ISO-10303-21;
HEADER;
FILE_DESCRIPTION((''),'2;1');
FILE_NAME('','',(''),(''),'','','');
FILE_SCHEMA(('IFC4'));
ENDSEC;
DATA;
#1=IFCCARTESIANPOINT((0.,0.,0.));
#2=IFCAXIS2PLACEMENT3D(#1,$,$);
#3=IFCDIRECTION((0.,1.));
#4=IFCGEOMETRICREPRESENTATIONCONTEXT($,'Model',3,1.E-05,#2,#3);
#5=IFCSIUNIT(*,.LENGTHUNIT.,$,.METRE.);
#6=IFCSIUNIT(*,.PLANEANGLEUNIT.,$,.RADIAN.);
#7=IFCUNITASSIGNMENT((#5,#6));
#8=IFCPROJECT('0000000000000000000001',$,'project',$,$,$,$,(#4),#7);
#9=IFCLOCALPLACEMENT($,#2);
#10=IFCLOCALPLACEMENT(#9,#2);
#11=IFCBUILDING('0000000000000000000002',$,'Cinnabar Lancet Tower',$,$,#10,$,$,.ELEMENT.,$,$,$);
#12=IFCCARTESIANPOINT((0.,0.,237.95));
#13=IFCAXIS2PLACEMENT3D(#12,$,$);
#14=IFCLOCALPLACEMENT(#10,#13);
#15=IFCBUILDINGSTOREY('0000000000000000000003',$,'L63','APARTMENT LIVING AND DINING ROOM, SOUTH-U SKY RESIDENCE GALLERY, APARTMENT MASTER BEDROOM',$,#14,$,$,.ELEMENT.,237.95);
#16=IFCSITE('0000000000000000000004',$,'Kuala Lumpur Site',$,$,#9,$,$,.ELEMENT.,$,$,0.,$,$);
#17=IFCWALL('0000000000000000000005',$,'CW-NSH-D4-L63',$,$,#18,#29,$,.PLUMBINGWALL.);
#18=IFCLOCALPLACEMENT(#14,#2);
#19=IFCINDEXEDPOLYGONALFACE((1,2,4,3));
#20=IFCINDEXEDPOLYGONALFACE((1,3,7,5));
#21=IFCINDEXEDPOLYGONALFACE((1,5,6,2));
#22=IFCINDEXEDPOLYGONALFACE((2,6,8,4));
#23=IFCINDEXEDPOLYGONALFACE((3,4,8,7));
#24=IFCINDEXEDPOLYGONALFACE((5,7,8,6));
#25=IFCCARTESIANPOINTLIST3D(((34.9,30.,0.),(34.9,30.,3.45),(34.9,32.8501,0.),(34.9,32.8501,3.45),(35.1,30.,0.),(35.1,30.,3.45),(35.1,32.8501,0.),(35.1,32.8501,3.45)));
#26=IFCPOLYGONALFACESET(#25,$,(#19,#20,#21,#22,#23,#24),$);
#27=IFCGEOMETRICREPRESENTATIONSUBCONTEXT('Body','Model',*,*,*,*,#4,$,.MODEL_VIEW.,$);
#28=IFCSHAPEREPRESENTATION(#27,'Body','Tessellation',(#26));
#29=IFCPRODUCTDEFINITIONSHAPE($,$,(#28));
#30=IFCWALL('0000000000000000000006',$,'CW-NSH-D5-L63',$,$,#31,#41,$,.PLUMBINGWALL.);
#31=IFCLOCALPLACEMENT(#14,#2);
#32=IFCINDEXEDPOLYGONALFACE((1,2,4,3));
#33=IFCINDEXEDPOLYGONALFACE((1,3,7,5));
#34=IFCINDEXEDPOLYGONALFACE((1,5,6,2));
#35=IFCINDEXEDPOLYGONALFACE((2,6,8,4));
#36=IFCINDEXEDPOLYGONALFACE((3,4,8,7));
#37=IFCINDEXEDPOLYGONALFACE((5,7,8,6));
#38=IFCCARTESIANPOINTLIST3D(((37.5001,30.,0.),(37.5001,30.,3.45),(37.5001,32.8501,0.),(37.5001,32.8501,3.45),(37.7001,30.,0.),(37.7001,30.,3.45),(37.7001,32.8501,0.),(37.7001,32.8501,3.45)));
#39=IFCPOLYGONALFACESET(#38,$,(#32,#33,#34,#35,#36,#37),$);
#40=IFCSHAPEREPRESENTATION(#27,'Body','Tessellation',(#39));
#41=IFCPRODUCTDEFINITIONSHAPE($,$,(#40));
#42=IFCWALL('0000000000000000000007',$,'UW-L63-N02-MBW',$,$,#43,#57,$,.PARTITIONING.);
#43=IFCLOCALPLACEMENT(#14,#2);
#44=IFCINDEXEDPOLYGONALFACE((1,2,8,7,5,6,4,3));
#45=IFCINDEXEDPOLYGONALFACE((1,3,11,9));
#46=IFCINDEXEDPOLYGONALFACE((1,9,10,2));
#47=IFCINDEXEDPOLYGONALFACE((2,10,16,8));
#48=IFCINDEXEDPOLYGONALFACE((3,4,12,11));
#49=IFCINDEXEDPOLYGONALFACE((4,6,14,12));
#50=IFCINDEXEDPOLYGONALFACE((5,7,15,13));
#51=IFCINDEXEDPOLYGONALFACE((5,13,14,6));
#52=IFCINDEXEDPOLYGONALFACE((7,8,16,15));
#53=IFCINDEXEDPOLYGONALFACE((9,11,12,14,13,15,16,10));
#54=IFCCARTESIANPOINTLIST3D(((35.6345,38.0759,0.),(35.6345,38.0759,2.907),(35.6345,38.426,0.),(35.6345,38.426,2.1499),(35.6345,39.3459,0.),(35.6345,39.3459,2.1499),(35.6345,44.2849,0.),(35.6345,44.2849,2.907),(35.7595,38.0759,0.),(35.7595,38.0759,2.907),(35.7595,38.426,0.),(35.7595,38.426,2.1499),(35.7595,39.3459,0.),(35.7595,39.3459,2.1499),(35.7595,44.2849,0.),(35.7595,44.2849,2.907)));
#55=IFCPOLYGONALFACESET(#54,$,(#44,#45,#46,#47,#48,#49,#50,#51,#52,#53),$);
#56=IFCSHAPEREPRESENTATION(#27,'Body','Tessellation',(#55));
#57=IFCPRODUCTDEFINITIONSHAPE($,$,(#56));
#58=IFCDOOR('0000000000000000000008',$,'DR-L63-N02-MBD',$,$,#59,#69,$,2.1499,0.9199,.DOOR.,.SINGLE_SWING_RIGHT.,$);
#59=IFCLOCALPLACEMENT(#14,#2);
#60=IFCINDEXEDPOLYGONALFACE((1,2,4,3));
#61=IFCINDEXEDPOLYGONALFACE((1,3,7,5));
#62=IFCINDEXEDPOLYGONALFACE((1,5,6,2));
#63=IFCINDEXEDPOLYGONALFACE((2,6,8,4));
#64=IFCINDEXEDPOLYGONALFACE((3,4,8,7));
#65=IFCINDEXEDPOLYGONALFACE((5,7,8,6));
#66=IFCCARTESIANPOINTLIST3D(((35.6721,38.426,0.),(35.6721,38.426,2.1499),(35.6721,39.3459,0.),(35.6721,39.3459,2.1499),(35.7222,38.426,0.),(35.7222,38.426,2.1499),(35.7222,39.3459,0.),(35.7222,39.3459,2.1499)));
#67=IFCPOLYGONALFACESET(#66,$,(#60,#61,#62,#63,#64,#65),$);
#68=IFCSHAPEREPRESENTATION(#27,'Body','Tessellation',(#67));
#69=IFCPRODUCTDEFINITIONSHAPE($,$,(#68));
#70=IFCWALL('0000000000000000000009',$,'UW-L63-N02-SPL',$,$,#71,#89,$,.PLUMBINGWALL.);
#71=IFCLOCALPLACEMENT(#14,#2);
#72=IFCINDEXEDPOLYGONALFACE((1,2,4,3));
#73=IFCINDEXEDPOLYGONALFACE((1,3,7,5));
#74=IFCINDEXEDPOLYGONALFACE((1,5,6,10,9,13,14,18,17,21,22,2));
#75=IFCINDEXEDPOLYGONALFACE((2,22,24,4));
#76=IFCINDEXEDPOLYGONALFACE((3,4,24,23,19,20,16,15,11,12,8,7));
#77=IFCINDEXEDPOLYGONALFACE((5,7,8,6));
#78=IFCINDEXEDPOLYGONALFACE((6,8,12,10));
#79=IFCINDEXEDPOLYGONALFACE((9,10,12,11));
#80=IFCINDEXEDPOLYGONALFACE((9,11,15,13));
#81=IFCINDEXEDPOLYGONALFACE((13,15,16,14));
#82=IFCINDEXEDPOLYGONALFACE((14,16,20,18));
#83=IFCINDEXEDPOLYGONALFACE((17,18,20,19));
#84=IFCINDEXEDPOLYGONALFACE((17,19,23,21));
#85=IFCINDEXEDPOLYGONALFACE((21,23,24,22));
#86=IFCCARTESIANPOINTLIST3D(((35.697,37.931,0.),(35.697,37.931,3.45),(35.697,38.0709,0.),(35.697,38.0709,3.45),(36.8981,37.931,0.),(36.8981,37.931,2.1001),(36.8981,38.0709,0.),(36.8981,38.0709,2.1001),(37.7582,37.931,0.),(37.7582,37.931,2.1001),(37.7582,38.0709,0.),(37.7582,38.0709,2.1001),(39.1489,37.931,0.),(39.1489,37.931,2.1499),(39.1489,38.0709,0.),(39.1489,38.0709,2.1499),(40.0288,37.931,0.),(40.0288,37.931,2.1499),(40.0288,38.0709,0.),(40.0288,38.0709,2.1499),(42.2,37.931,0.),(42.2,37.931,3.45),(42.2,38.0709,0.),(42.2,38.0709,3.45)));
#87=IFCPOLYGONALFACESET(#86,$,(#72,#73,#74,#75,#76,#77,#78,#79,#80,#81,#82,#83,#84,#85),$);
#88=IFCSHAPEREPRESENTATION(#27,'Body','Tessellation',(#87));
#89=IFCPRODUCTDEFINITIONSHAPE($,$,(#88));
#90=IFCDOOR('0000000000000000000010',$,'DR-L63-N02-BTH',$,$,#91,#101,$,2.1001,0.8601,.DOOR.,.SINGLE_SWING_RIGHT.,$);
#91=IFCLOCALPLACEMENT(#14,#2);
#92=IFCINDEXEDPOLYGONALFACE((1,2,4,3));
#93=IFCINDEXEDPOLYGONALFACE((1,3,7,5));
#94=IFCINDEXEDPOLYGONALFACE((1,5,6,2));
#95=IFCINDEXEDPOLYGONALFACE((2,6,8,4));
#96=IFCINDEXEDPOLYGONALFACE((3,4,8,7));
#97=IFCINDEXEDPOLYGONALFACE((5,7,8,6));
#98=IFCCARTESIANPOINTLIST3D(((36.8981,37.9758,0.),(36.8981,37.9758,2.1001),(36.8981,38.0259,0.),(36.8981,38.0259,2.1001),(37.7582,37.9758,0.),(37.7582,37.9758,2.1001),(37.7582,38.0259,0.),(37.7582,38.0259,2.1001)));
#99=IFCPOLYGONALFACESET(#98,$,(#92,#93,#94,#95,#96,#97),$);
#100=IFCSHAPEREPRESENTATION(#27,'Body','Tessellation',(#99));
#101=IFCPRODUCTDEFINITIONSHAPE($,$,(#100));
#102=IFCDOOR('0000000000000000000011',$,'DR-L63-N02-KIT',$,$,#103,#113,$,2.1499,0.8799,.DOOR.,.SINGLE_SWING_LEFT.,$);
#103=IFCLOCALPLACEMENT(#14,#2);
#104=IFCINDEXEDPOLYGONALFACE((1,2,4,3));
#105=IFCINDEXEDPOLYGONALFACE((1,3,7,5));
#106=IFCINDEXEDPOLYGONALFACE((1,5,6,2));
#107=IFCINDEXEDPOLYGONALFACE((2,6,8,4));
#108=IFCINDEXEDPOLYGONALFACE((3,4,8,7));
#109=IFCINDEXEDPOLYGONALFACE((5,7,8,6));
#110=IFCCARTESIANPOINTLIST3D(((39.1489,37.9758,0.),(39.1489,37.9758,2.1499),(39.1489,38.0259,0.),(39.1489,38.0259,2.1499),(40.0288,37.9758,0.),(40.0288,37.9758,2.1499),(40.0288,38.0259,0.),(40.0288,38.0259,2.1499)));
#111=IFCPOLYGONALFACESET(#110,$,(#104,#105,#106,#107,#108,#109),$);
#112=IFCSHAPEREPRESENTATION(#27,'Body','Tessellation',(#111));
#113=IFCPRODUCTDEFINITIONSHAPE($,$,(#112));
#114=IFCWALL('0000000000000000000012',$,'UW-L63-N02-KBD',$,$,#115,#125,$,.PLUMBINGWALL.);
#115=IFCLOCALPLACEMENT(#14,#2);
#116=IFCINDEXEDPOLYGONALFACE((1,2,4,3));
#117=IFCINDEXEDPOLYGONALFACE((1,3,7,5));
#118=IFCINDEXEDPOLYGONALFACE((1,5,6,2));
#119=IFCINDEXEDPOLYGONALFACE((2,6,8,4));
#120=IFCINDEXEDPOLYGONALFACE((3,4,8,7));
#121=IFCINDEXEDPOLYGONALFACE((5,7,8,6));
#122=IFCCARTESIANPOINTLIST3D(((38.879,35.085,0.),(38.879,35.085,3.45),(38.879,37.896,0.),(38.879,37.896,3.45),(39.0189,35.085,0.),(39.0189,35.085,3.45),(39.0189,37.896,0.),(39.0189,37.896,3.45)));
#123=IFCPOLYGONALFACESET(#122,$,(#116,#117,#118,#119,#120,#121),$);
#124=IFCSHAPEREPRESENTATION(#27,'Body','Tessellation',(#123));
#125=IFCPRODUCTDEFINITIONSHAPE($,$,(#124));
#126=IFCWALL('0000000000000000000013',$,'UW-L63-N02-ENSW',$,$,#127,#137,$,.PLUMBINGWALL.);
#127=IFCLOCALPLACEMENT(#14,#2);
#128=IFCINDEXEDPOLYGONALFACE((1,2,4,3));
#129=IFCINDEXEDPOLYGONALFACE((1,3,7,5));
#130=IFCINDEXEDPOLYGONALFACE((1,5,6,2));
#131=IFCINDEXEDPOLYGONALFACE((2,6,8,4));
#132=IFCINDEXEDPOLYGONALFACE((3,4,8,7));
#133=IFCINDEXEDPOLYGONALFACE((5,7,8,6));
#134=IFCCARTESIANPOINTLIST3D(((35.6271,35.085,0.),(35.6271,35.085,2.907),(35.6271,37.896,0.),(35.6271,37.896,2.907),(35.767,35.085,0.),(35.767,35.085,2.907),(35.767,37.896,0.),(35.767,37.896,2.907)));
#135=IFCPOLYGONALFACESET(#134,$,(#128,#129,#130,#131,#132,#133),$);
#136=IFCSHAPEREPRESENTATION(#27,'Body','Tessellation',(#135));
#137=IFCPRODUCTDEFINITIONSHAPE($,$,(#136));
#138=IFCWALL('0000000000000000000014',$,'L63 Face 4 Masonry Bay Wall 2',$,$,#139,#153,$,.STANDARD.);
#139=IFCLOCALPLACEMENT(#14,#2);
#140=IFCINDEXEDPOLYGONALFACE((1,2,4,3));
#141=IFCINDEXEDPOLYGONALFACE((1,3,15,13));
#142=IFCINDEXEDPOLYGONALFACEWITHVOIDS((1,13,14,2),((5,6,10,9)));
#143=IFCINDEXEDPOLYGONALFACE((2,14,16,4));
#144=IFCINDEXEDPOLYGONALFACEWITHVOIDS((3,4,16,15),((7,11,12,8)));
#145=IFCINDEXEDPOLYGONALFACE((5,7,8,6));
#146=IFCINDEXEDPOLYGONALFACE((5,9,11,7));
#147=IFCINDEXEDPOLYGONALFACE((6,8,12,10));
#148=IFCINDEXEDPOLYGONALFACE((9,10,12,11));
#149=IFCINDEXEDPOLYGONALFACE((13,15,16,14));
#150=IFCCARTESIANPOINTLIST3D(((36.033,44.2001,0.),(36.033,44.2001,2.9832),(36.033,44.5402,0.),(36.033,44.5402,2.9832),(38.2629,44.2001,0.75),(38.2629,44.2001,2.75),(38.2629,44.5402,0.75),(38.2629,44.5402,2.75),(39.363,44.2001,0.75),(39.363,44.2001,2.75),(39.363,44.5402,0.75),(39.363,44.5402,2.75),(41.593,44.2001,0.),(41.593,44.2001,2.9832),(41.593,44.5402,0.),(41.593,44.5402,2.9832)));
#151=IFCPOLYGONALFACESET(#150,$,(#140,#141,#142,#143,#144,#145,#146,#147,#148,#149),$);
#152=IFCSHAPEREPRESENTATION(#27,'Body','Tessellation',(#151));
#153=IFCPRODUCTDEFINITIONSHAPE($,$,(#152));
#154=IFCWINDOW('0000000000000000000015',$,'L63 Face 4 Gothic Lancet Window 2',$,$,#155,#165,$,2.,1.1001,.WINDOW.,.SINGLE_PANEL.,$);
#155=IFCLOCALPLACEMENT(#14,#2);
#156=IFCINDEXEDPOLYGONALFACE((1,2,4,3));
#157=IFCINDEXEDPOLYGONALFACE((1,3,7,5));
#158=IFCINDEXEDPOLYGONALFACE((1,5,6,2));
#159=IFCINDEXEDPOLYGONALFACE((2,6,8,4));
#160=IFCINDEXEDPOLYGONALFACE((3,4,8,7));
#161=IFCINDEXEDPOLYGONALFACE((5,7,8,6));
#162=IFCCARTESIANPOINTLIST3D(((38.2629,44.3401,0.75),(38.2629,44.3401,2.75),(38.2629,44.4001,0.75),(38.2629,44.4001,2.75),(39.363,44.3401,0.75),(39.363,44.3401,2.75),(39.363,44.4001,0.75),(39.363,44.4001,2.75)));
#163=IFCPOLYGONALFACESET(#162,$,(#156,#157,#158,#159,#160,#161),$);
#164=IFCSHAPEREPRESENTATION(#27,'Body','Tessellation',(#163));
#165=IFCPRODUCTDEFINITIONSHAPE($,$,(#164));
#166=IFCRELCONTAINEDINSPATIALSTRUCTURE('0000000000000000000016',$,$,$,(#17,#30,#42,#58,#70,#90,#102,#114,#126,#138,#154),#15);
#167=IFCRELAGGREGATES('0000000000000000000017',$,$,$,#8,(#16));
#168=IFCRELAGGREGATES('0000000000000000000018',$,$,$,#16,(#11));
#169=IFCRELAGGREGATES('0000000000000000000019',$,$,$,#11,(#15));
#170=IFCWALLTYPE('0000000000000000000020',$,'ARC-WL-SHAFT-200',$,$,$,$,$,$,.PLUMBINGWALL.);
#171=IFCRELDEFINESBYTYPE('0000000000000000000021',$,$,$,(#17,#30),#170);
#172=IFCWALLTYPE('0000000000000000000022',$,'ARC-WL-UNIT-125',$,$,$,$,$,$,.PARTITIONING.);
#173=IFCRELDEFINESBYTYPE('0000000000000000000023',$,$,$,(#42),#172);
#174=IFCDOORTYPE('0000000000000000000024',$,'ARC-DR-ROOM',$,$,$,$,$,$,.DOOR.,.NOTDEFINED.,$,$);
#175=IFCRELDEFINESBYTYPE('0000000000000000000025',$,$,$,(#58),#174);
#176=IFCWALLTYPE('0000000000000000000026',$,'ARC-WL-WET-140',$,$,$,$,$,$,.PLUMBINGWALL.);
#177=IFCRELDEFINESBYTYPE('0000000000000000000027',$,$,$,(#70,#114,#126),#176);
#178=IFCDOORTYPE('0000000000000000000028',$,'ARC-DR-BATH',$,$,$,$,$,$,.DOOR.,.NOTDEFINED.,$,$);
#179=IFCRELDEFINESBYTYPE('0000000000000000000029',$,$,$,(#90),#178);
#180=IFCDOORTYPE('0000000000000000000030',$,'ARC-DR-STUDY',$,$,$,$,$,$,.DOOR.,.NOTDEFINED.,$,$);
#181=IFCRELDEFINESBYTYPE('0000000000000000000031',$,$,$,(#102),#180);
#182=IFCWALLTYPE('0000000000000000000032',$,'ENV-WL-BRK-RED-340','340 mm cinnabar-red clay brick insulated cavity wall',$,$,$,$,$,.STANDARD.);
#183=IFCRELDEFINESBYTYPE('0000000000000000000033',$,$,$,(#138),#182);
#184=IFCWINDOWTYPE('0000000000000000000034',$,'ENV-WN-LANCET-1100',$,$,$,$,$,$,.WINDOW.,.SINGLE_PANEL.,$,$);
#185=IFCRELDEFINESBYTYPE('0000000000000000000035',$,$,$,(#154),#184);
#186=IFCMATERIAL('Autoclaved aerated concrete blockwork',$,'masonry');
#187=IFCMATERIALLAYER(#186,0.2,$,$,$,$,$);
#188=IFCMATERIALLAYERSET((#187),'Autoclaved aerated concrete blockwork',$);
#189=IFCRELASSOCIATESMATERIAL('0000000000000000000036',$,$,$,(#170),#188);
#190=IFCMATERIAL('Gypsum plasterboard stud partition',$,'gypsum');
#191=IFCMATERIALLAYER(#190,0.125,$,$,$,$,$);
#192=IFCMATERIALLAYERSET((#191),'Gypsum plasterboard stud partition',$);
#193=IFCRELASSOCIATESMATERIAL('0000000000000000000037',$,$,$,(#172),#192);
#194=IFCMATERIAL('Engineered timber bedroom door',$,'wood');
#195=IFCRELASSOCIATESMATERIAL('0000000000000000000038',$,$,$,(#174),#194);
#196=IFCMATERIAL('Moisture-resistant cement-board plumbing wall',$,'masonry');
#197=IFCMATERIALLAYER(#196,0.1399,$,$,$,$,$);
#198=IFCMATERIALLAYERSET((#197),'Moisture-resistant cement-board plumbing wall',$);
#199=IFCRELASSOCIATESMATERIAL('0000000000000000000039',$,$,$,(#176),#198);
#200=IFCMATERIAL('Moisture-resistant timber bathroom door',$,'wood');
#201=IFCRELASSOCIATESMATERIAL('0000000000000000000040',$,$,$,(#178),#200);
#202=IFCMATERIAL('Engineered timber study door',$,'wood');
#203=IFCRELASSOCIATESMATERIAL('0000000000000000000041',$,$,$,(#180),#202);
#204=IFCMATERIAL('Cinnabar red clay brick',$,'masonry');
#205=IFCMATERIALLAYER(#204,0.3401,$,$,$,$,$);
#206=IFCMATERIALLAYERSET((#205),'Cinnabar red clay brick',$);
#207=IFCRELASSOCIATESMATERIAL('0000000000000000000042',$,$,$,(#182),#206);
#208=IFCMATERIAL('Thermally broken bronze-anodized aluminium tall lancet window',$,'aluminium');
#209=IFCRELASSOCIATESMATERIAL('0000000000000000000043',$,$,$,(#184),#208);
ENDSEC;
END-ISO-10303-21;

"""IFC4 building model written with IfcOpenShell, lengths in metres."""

from ifc_helpers import new_model, si_unit, direction, frame, frame_2d, origin, place, context, subcontext, project, spatial, rectangle, extrude, material, layer, layer_set, type_object, element, fill, save


model = new_model("IFC4")

# Units and contexts
model_context = context("Model", 3, precision=1e-05, world=origin(), true_north=direction((0.0, 1.0)))
body_context = subcontext(model_context, "Body", "Model", "MODEL_VIEW")
ifc_project = project(units=[si_unit("LENGTHUNIT", "METRE"), si_unit("PLANEANGLEUNIT", "RADIAN")], contexts=[model_context])

# Site, building, storey
site_placement = place(None, origin())
site = spatial("IfcSite", under=ifc_project, at=site_placement, Name="Kuala Lumpur Site", CompositionType="ELEMENT", RefElevation=0.0)
building_placement = place(site_placement, origin())
building = spatial("IfcBuilding", under=site, at=building_placement, Name="Cinnabar Lancet Tower", CompositionType="ELEMENT")
storey_placement = place(building_placement, frame((0.0, 0.0, 237.95)))
storey = spatial("IfcBuildingStorey", under=building, at=storey_placement, Name="L63", Description="APARTMENT LIVING AND DINING ROOM, SOUTH-U SKY RESIDENCE GALLERY, APARTMENT MASTER BEDROOM", CompositionType="ELEMENT", Elevation=237.95)

# Walls
ifc_material_1 = material(Name="Autoclaved aerated concrete blockwork", Category="masonry")
ifc_layer_1 = layer(ifc_material_1, 0.2)
ifc_layer_set_1 = layer_set([ifc_layer_1], Name="Autoclaved aerated concrete blockwork")
wall_type_1 = type_object("IfcWallType", Name="ARC-WL-SHAFT-200", PredefinedType="PLUMBINGWALL", material=ifc_layer_set_1)
for number, where, z_axis, x_axis, name in (
    (1, (35.0, 30.0, 0.0), (0.0, 0.0, 1.0), (0.0, 1.0, 0.0), "CW-NSH-D4-L63"),
    (2, (37.6001, 30.0, 0.0), (0.0, 0.0, 1.0), (0.0, 1.0, 0.0), "CW-NSH-D5-L63"),
):
    element("IfcWall", number, at=place(storey_placement, frame(where, z_axis=z_axis, x_axis=x_axis)), inside=storey, type_object=wall_type_1, Name=name, PredefinedType="PLUMBINGWALL", context=body_context, shape_type="SweptSolid", body=[
        extrude(rectangle(XDim=2.8501, YDim=0.2, at=frame_2d((1.425, 0.0))), origin(), (0.0, 0.0, 1.0), 3.45),
    ])

# Wall, opening, door
ifc_material_2 = material(Name="Gypsum plasterboard stud partition", Category="gypsum")
ifc_layer_2 = layer(ifc_material_2, 0.125)
ifc_layer_set_2 = layer_set([ifc_layer_2], Name="Gypsum plasterboard stud partition")
wall_type_2 = type_object("IfcWallType", Name="ARC-WL-UNIT-125", PredefinedType="PARTITIONING", material=ifc_layer_set_2)
wall_1_placement = place(storey_placement, frame((35.697, 38.0759, 0.0), z_axis=(0.0, 0.0, 1.0), x_axis=(0.0, 1.0, 0.0)))
wall_1 = element("IfcWall", 3, at=wall_1_placement, inside=storey, type_object=wall_type_2, Name="UW-L63-N02-MBW", PredefinedType="PARTITIONING", context=body_context, shape_type="SweptSolid", body=[
    extrude(rectangle(XDim=6.209, YDim=0.125, at=frame_2d((3.1045, 0.0))), origin(), (0.0, 0.0, 1.0), 2.907),
])
opening_1_placement = place(wall_1_placement, frame((0.3501, 0.0, 0.0)))
opening_1 = element("IfcOpeningElement", 4, at=opening_1_placement, cuts=wall_1, PredefinedType="OPENING", context=body_context, shape_type="SweptSolid", body=[
    extrude(rectangle(XDim=0.9199, YDim=2.1499, at=frame_2d((0.46, 1.075))), frame((0.0, 0.0725, 0.0), z_axis=(0.0, -1.0, 0.0), x_axis=(1.0, 0.0, 0.0)), (0.0, 0.0, 1.0), 0.145),
])
ifc_material_3 = material(Name="Engineered timber bedroom door", Category="wood")
door_type_1 = type_object("IfcDoorType", Name="ARC-DR-ROOM", OperationType="NOTDEFINED", PredefinedType="DOOR", material=ifc_material_3)
door_1_placement = place(opening_1_placement, origin())
door_1 = element("IfcDoor", 5, at=door_1_placement, inside=storey, type_object=door_type_1, Name="DR-L63-N02-MBD", OperationType="SINGLE_SWING_RIGHT", OverallHeight=2.1499, OverallWidth=0.9199, PredefinedType="DOOR", context=body_context, shape_type="SweptSolid", body=[
    extrude(rectangle(XDim=0.9199, YDim=2.1499, at=frame_2d((0.46, 1.075))), frame((0.0, 0.0249, 0.0), z_axis=(0.0, -1.0, 0.0), x_axis=(1.0, 0.0, 0.0)), (0.0, 0.0, 1.0), 0.05),
])
fill(opening_1, door_1)

# Wall, openings, doors
ifc_material_4 = material(Name="Moisture-resistant cement-board plumbing wall", Category="masonry")
ifc_layer_3 = layer(ifc_material_4, 0.1399)
ifc_layer_set_3 = layer_set([ifc_layer_3], Name="Moisture-resistant cement-board plumbing wall")
wall_type_3 = type_object("IfcWallType", Name="ARC-WL-WET-140", PredefinedType="PLUMBINGWALL", material=ifc_layer_set_3)
wall_2_placement = place(storey_placement, frame((35.697, 38.001, 0.0), z_axis=(0.0, 0.0, 1.0), x_axis=(1.0, 0.0, 0.0)))
wall_2 = element("IfcWall", 6, at=wall_2_placement, inside=storey, type_object=wall_type_3, Name="UW-L63-N02-SPL", PredefinedType="PLUMBINGWALL", context=body_context, shape_type="SweptSolid", body=[
    extrude(rectangle(XDim=6.5029, YDim=0.1399, at=frame_2d((3.2515, 0.0))), origin(), (0.0, 0.0, 1.0), 3.45),
])
opening_2_placement = place(wall_2_placement, frame((1.2009, 0.0, 0.0)))
opening_2 = element("IfcOpeningElement", 7, at=opening_2_placement, cuts=wall_2, PredefinedType="OPENING", context=body_context, shape_type="SweptSolid", body=[
    extrude(rectangle(XDim=0.8601, YDim=2.1001, at=frame_2d((0.4302, 1.05))), frame((0.0, 0.0798, 0.0), z_axis=(0.0, -1.0, 0.0), x_axis=(1.0, 0.0, 0.0)), (0.0, 0.0, 1.0), 0.1599),
])
opening_3_placement = place(wall_2_placement, frame((3.4519, 0.0, 0.0)))
opening_3 = element("IfcOpeningElement", 8, at=opening_3_placement, cuts=wall_2, PredefinedType="OPENING", context=body_context, shape_type="SweptSolid", body=[
    extrude(rectangle(XDim=0.8799, YDim=2.1499, at=frame_2d((0.4399, 1.075))), frame((0.0, 0.0798, 0.0), z_axis=(0.0, -1.0, 0.0), x_axis=(1.0, 0.0, 0.0)), (0.0, 0.0, 1.0), 0.1599),
])
ifc_material_5 = material(Name="Moisture-resistant timber bathroom door", Category="wood")
door_type_2 = type_object("IfcDoorType", Name="ARC-DR-BATH", OperationType="NOTDEFINED", PredefinedType="DOOR", material=ifc_material_5)
door_2_placement = place(opening_2_placement, origin())
door_2 = element("IfcDoor", 9, at=door_2_placement, inside=storey, type_object=door_type_2, Name="DR-L63-N02-BTH", OperationType="SINGLE_SWING_RIGHT", OverallHeight=2.1001, OverallWidth=0.8601, PredefinedType="DOOR", context=body_context, shape_type="SweptSolid", body=[
    extrude(rectangle(XDim=0.8601, YDim=2.1001, at=frame_2d((0.4302, 1.05))), frame((0.0, 0.0249, 0.0), z_axis=(0.0, -1.0, 0.0), x_axis=(1.0, 0.0, 0.0)), (0.0, 0.0, 1.0), 0.05),
])
fill(opening_2, door_2)
ifc_material_6 = material(Name="Engineered timber study door", Category="wood")
door_type_3 = type_object("IfcDoorType", Name="ARC-DR-STUDY", OperationType="NOTDEFINED", PredefinedType="DOOR", material=ifc_material_6)
door_3_placement = place(opening_3_placement, origin())
door_3 = element("IfcDoor", 10, at=door_3_placement, inside=storey, type_object=door_type_3, Name="DR-L63-N02-KIT", OperationType="SINGLE_SWING_LEFT", OverallHeight=2.1499, OverallWidth=0.8799, PredefinedType="DOOR", context=body_context, shape_type="SweptSolid", body=[
    extrude(rectangle(XDim=0.8799, YDim=2.1499, at=frame_2d((0.4399, 1.075))), frame((0.0, 0.0249, 0.0), z_axis=(0.0, -1.0, 0.0), x_axis=(1.0, 0.0, 0.0)), (0.0, 0.0, 1.0), 0.05),
])
fill(opening_3, door_3)

# Walls
wall_3_placement = place(storey_placement, frame((38.949, 35.085, 0.0), z_axis=(0.0, 0.0, 1.0), x_axis=(0.0, 1.0, 0.0)))
element("IfcWall", 11, at=wall_3_placement, inside=storey, type_object=wall_type_3, Name="UW-L63-N02-KBD", PredefinedType="PLUMBINGWALL", context=body_context, shape_type="SweptSolid", body=[
    extrude(rectangle(XDim=2.811, YDim=0.1399, at=frame_2d((1.4055, 0.0))), origin(), (0.0, 0.0, 1.0), 3.45),
])
wall_4_placement = place(storey_placement, frame((35.697, 35.085, 0.0), z_axis=(0.0, 0.0, 1.0), x_axis=(0.0, 1.0, 0.0)))
element("IfcWall", 12, at=wall_4_placement, inside=storey, type_object=wall_type_3, Name="UW-L63-N02-ENSW", PredefinedType="PLUMBINGWALL", context=body_context, shape_type="SweptSolid", body=[
    extrude(rectangle(XDim=2.811, YDim=0.1399, at=frame_2d((1.4055, 0.0))), origin(), (0.0, 0.0, 1.0), 2.907),
])

# Wall, opening, window
ifc_material_7 = material(Name="Cinnabar red clay brick", Category="masonry")
ifc_layer_4 = layer(ifc_material_7, 0.3401)
ifc_layer_set_4 = layer_set([ifc_layer_4], Name="Cinnabar red clay brick")
wall_type_4 = type_object("IfcWallType", Name="ENV-WL-BRK-RED-340", Description="340 mm cinnabar-red clay brick insulated cavity wall", PredefinedType="STANDARD", material=ifc_layer_set_4)
wall_5_placement = place(storey_placement, frame((41.593, 44.3701, 0.0), z_axis=(0.0, 0.0, 1.0), x_axis=(-1.0, 0.0, 0.0)))
wall_5 = element("IfcWall", 13, at=wall_5_placement, inside=storey, type_object=wall_type_4, Name="L63 Face 4 Masonry Bay Wall 2", PredefinedType="STANDARD", context=body_context, shape_type="SweptSolid", body=[
    extrude(rectangle(XDim=5.5601, YDim=0.3401, at=frame_2d((2.78, 0.0))), origin(), (0.0, 0.0, 1.0), 2.9832),
])
opening_4_placement = place(wall_5_placement, frame((2.23, 0.0, 0.75)))
opening_4 = element("IfcOpeningElement", 14, at=opening_4_placement, cuts=wall_5, PredefinedType="OPENING", context=body_context, shape_type="SweptSolid", body=[
    extrude(rectangle(XDim=1.1001, YDim=2.0, at=frame_2d((0.55, 1.0))), frame((0.0, 0.1799, 0.0), z_axis=(0.0, -1.0, 0.0), x_axis=(1.0, 0.0, 0.0)), (0.0, 0.0, 1.0), 0.3601),
])
ifc_material_8 = material(Name="Thermally broken bronze-anodized aluminium tall lancet window", Category="aluminium")
window_type_1 = type_object("IfcWindowType", Name="ENV-WN-LANCET-1100", PartitioningType="SINGLE_PANEL", PredefinedType="WINDOW", material=ifc_material_8)
window_1_placement = place(opening_4_placement, origin())
window_1 = element("IfcWindow", 15, at=window_1_placement, inside=storey, type_object=window_type_1, Name="L63 Face 4 Gothic Lancet Window 2", OverallHeight=2.0, OverallWidth=1.1001, PartitioningType="SINGLE_PANEL", PredefinedType="WINDOW", context=body_context, shape_type="SweptSolid", body=[
    extrude(rectangle(XDim=1.1001, YDim=2.0, at=frame_2d((0.55, 1.0))), frame((0.0, 0.03, 0.0), z_axis=(0.0, -1.0, 0.0), x_axis=(1.0, 0.0, 0.0)), (0.0, 0.0, 1.0), 0.0601),
])
fill(opening_4, window_1)

save(model, "model.ifc")
